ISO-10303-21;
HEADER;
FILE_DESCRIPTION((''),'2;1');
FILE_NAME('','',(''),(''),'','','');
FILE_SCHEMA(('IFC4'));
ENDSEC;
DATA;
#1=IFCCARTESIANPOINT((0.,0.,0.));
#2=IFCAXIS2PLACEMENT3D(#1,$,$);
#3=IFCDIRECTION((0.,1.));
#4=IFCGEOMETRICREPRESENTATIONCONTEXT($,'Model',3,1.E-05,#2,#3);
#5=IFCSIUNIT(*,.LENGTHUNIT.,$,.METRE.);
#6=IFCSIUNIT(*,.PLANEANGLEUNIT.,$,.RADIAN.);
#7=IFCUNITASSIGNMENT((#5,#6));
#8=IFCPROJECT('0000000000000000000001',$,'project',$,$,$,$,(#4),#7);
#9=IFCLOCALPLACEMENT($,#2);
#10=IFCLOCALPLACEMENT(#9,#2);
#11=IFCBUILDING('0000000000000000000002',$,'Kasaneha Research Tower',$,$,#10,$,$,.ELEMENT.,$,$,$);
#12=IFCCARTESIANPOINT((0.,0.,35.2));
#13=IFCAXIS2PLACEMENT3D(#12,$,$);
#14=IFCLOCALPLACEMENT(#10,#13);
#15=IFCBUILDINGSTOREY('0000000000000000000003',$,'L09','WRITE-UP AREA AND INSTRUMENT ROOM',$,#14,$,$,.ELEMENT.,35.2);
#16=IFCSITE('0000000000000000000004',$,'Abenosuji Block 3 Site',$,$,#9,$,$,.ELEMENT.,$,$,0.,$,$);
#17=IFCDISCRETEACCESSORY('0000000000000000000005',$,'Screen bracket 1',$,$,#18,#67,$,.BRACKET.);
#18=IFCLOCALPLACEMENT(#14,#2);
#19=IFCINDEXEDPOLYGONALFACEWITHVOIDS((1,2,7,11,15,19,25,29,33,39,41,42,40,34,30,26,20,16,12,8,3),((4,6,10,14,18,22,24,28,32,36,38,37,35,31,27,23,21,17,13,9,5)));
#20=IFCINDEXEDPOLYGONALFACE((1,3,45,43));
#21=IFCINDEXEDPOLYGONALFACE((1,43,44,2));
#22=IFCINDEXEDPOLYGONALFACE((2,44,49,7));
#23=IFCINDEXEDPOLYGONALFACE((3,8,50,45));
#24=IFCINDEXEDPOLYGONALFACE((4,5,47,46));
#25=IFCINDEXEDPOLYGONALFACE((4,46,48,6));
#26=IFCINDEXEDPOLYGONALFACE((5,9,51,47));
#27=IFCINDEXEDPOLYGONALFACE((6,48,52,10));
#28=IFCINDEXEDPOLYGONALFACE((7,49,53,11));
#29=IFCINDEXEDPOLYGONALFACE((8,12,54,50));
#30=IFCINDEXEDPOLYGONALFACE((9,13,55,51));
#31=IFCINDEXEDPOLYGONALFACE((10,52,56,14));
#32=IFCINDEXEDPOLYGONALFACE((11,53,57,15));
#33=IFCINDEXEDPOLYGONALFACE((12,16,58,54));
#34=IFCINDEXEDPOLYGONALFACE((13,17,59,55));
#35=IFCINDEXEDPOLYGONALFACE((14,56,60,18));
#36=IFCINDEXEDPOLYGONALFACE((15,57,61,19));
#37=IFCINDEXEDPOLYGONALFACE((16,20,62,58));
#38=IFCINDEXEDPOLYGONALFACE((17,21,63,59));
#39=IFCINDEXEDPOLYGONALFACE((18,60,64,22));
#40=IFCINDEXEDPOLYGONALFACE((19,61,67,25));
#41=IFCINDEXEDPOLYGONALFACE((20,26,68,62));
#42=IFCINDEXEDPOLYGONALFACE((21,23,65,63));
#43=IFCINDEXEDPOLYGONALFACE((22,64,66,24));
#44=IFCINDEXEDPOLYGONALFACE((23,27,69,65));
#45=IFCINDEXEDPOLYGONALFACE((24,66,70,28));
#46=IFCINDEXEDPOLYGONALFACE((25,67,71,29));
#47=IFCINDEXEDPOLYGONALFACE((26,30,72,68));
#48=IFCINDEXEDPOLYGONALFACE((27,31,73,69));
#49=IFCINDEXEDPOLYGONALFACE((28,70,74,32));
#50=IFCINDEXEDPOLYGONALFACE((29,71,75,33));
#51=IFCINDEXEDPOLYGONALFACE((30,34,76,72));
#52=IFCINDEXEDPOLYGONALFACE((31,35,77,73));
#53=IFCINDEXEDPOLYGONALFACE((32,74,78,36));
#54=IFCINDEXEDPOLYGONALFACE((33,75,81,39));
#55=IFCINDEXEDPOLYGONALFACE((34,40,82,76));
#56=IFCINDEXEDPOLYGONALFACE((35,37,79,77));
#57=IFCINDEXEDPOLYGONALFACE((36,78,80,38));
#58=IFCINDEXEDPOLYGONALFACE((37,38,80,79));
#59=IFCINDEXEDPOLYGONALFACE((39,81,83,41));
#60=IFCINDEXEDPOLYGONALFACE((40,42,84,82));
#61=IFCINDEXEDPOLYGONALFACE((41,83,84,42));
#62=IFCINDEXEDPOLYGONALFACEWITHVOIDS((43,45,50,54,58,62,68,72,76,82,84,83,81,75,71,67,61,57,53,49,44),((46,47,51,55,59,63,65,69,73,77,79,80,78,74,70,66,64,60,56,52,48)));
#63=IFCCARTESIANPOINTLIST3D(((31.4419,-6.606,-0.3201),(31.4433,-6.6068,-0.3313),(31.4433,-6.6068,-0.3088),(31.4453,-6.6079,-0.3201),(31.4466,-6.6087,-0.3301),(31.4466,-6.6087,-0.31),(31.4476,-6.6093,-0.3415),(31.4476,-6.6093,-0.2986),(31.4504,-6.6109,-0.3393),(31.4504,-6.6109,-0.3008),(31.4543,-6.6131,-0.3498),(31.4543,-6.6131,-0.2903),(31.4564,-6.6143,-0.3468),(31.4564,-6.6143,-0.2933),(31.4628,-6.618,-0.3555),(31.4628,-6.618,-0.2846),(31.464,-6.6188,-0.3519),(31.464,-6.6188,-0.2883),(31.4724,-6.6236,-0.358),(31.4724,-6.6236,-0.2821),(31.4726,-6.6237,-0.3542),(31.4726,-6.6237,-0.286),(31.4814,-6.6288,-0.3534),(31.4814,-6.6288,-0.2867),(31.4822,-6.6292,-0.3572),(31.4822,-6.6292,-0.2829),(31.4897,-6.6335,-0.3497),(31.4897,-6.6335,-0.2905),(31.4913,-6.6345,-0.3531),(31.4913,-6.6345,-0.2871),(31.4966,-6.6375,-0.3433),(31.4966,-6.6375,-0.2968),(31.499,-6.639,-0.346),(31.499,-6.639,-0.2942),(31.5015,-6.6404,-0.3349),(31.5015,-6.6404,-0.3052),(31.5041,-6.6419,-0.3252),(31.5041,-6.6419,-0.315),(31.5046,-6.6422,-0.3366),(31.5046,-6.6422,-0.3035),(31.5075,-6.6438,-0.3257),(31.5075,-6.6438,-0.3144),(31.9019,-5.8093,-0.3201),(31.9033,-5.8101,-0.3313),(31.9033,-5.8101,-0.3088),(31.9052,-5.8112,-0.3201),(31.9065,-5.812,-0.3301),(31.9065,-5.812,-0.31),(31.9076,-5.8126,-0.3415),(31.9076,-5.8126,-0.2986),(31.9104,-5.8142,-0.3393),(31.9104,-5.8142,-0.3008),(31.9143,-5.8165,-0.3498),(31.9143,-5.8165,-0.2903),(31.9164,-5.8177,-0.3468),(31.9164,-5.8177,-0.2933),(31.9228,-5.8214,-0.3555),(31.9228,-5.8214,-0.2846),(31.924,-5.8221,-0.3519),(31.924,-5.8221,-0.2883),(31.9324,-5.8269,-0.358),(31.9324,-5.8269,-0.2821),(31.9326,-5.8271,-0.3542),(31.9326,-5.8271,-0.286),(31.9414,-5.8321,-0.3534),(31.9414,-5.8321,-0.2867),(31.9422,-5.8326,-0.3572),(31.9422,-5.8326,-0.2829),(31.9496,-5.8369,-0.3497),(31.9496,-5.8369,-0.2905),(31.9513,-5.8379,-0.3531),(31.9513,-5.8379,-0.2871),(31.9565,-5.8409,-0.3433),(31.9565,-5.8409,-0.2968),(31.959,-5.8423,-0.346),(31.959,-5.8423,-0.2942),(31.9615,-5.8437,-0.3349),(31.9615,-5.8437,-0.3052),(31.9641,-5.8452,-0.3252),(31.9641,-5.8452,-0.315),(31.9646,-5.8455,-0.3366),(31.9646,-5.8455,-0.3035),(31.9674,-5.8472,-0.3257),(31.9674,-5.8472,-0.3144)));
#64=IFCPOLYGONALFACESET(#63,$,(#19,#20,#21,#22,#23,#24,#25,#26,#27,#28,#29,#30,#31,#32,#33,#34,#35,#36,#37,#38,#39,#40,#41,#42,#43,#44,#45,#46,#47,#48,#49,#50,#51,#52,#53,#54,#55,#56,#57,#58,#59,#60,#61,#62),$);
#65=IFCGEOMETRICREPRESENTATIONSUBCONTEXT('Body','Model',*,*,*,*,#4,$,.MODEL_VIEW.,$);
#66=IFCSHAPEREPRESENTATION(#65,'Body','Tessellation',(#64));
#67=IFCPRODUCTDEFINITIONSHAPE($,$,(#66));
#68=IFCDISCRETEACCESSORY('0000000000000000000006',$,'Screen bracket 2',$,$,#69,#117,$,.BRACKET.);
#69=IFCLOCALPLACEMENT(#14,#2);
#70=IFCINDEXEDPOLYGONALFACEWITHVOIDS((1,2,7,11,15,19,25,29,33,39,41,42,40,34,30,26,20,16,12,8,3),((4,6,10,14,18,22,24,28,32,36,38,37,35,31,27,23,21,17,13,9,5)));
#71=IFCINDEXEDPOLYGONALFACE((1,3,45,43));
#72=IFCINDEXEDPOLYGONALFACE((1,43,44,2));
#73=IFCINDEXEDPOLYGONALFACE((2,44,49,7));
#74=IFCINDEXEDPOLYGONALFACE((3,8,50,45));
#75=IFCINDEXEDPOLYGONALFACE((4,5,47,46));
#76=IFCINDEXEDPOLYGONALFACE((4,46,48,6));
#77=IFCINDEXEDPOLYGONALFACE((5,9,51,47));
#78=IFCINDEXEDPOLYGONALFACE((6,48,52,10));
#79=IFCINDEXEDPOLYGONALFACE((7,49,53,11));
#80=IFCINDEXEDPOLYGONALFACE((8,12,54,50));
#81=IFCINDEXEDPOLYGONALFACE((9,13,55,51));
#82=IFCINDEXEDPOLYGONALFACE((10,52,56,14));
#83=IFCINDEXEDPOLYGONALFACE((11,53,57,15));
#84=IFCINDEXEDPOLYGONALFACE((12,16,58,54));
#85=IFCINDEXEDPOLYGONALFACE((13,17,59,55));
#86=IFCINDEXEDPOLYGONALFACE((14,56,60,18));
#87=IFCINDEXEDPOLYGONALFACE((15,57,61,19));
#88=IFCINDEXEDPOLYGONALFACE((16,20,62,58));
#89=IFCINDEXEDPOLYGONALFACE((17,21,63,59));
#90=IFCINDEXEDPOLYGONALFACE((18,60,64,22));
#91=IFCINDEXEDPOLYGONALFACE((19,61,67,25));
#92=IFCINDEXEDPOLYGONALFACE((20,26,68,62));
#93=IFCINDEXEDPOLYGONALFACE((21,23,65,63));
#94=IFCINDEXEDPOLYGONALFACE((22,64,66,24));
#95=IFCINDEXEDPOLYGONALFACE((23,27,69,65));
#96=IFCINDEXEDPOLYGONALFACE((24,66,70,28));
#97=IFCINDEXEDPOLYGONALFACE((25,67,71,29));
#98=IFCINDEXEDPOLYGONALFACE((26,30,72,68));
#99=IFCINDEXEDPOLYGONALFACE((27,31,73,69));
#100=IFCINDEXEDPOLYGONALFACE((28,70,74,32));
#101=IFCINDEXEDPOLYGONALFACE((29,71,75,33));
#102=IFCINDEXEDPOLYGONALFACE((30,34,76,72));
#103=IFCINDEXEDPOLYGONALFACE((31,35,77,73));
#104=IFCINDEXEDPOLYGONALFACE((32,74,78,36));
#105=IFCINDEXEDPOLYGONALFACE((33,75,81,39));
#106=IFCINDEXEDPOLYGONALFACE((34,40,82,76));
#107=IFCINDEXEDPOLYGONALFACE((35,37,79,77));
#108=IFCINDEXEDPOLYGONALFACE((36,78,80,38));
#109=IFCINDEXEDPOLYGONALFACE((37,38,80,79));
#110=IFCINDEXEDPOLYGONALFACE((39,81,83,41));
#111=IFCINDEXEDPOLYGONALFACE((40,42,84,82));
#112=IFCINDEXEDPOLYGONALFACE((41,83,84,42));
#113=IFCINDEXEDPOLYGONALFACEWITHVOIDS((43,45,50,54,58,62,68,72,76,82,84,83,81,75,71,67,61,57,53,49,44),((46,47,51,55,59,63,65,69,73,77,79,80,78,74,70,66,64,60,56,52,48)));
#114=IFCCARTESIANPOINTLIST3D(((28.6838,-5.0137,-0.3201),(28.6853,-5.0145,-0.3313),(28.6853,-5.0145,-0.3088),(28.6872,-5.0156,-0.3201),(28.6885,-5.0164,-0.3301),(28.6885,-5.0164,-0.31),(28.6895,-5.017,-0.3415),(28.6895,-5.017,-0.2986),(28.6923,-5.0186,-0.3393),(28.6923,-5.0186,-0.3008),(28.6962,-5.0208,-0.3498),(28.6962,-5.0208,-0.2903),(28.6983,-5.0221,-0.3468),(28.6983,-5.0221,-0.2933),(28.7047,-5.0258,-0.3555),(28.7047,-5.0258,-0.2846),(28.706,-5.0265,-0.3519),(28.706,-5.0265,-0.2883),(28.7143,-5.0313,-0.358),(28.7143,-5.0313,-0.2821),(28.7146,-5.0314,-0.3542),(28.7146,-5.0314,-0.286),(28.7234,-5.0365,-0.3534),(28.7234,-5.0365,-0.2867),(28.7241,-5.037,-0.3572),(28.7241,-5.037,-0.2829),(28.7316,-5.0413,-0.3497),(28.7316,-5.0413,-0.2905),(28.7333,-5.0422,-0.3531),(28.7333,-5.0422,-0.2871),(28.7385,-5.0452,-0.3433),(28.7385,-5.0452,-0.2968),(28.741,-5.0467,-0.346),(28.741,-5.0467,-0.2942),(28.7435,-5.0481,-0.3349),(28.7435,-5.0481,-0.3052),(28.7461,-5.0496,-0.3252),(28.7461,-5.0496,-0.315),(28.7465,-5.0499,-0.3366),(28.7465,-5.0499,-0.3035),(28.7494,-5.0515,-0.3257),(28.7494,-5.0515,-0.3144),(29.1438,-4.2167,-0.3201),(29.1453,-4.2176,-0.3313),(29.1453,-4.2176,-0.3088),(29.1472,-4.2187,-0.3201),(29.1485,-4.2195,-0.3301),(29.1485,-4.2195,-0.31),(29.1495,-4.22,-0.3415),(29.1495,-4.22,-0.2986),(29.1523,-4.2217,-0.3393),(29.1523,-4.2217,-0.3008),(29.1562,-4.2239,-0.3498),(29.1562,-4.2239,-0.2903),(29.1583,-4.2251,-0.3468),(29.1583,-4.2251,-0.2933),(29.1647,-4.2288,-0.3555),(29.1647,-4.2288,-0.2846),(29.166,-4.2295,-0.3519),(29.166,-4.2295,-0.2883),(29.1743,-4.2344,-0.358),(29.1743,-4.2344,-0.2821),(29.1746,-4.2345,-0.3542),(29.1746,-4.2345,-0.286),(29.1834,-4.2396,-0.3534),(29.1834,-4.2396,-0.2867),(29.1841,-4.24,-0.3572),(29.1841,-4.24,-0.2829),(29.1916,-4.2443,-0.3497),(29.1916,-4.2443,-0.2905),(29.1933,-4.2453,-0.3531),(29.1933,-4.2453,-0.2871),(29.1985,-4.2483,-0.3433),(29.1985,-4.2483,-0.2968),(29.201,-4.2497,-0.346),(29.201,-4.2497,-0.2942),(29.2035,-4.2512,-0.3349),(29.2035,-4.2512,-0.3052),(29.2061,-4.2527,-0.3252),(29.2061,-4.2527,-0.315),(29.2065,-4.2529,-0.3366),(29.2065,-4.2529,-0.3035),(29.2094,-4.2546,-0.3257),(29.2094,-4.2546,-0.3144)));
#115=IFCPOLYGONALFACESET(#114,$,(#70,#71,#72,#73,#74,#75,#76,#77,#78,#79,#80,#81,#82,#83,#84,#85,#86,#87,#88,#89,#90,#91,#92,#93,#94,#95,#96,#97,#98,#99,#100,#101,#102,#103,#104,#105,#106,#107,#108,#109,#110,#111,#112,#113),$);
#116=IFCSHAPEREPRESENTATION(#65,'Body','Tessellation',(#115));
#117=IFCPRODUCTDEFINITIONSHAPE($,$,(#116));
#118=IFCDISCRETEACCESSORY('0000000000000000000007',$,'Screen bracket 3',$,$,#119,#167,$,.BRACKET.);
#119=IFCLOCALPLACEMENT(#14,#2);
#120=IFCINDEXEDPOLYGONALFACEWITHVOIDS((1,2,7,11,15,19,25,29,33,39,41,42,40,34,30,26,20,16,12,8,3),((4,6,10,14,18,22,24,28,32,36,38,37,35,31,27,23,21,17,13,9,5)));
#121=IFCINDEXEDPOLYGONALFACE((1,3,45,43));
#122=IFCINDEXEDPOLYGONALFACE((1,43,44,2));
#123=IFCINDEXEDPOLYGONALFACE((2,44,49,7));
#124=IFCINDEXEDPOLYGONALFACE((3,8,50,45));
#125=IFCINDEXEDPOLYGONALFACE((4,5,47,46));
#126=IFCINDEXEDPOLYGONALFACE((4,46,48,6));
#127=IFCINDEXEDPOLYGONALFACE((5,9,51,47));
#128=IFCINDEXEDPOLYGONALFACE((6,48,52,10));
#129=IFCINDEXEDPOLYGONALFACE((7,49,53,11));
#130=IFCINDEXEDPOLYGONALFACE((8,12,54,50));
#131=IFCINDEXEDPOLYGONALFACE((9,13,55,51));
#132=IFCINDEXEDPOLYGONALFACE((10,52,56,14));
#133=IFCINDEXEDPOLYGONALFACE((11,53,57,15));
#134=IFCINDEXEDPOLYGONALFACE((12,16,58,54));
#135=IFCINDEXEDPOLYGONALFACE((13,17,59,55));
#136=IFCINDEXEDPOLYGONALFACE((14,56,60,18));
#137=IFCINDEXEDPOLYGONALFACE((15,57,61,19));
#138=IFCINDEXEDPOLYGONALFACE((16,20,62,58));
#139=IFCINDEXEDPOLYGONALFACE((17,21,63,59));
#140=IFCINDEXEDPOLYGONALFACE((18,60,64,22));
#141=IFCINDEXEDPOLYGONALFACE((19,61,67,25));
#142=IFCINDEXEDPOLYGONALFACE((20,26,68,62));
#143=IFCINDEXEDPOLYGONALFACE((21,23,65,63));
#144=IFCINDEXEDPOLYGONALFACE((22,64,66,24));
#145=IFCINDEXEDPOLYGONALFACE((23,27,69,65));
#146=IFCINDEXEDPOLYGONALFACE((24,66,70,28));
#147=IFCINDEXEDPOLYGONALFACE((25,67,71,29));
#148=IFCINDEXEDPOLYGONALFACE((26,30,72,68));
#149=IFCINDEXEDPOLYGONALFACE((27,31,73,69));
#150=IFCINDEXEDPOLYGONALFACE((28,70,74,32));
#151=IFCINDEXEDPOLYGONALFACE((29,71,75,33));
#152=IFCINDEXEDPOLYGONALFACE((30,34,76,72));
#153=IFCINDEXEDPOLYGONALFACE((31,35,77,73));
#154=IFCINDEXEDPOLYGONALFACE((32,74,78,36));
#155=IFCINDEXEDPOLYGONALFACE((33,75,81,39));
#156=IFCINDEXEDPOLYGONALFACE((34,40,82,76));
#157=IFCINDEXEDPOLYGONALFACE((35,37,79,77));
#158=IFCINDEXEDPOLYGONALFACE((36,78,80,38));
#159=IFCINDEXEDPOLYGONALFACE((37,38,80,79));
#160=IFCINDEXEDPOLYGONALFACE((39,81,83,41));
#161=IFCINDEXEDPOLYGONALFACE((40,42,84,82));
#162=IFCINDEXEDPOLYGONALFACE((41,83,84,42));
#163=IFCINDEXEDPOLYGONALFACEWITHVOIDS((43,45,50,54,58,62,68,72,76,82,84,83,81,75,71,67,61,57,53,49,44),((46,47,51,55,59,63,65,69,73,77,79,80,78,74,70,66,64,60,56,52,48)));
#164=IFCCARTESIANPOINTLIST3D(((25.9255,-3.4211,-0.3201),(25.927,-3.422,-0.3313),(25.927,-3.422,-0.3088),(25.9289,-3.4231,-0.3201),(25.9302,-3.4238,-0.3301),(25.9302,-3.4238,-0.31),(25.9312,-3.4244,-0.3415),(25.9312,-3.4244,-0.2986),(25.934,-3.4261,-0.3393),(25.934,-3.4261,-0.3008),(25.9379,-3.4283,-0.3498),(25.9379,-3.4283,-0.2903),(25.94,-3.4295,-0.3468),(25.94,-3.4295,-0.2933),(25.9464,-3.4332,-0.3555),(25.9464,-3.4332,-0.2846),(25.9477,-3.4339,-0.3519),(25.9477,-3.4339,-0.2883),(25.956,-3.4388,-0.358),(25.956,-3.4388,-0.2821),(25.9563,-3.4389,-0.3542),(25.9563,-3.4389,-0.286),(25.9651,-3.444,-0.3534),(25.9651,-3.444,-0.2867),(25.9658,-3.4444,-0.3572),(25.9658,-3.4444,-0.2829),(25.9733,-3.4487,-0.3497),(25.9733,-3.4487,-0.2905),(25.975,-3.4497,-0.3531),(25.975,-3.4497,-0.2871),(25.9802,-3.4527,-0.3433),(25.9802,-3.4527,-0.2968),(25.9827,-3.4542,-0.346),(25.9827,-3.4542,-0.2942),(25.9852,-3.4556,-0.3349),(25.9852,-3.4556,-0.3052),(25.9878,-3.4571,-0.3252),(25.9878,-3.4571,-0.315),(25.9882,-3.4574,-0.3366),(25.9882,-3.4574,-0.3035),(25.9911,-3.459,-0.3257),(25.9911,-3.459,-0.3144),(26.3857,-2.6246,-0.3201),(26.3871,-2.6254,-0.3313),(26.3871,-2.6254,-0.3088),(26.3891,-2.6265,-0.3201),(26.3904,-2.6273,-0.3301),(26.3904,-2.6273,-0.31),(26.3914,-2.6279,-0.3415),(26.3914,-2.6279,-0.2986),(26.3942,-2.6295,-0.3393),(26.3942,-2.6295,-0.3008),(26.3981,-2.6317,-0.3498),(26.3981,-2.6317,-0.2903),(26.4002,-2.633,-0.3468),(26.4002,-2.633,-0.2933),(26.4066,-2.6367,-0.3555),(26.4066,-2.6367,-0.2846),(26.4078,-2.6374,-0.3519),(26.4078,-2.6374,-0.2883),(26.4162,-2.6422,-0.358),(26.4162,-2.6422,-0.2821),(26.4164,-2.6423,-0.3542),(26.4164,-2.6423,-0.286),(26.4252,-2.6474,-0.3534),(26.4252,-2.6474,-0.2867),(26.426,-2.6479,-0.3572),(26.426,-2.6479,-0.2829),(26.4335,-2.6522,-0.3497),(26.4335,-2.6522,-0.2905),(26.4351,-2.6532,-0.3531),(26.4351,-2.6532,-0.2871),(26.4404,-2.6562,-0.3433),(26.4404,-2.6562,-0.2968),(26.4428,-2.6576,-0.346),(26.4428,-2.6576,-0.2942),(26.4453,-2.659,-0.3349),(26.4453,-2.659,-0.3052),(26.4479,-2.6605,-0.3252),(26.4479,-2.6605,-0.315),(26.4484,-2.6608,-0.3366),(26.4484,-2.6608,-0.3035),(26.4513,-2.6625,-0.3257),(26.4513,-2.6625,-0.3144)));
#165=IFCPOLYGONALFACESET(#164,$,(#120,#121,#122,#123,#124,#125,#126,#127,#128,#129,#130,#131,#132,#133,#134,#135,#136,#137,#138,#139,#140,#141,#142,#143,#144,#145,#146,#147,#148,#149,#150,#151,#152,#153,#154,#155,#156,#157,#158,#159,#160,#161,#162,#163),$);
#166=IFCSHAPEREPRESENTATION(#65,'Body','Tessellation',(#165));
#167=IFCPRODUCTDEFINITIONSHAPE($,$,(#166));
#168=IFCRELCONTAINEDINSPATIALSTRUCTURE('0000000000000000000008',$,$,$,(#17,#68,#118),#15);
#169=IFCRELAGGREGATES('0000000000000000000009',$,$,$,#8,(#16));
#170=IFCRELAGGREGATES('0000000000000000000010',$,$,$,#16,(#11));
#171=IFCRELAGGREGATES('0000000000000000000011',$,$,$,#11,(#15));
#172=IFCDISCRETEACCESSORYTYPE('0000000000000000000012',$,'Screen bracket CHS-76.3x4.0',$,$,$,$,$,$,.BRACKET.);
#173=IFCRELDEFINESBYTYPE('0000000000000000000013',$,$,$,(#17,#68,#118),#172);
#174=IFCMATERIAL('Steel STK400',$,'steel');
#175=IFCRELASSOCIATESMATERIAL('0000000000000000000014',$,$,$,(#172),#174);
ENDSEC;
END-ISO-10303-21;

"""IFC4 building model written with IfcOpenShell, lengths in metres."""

from ifc_helpers import new_model, si_unit, direction, frame, origin, origin_2d, place, context, subcontext, project, spatial, hollow_circle, extrude, material, material_profile, profile_set, type_object, element, save


model = new_model("IFC4")

# Units and contexts
model_context = context("Model", 3, precision=1e-05, world=origin(), true_north=direction((0.0, 1.0)))
body_context = subcontext(model_context, "Body", "Model", "MODEL_VIEW")
ifc_project = project(units=[si_unit("LENGTHUNIT", "METRE"), si_unit("PLANEANGLEUNIT", "RADIAN")], contexts=[model_context])

# Site, building, storey
site_placement = place(None, origin())
site = spatial("IfcSite", under=ifc_project, at=site_placement, Name="Abenosuji Block 3 Site", CompositionType="ELEMENT", RefElevation=0.0)
building_placement = place(site_placement, origin())
building = spatial("IfcBuilding", under=site, at=building_placement, Name="Kasaneha Research Tower", CompositionType="ELEMENT")
storey_placement = place(building_placement, frame((0.0, 0.0, 35.2)))
storey = spatial("IfcBuildingStorey", under=building, at=storey_placement, Name="L09", Description="WRITE-UP AREA AND INSTRUMENT ROOM", CompositionType="ELEMENT", Elevation=35.2)

# Discrete accessories
ifc_material_1 = material(Name="Steel STK400", Category="steel")
ifc_material_profile_1 = material_profile(ifc_material_1, hollow_circle(Radius=0.0381, WallThickness=0.0039, at=origin_2d()), Name="CHS-76.3x4.0")
ifc_profile_set_1 = profile_set([ifc_material_profile_1], Name="Steel STK400")
discrete_accessory_type = type_object("IfcDiscreteAccessoryType", Name="Screen bracket CHS-76.3x4.0", PredefinedType="BRACKET", material=ifc_profile_set_1)
discrete_accessory_1_placement = place(storey_placement, frame((31.4749, -6.625, -0.3201), z_axis=(0.500021, 0.866013, 0.0), x_axis=(-0.866013, 0.500021, 0.0)))
element("IfcDiscreteAccessory", 1, at=discrete_accessory_1_placement, inside=storey, type_object=discrete_accessory_type, Name="Screen bracket 1", PredefinedType="BRACKET", context=body_context, shape_type="SweptSolid", body=[
    extrude(hollow_circle(Radius=0.0381, WallThickness=0.0039, at=origin_2d()), origin(), (0.0, 0.0, 1.0), 0.9199),
])
discrete_accessory_2_placement = place(storey_placement, frame((28.7168, -5.0327, -0.3201), z_axis=(0.499906, 0.86608, 0.0), x_axis=(-0.86608, 0.499906, 0.0)))
element("IfcDiscreteAccessory", 2, at=discrete_accessory_2_placement, inside=storey, type_object=discrete_accessory_type, Name="Screen bracket 2", PredefinedType="BRACKET", context=body_context, shape_type="SweptSolid", body=[
    extrude(hollow_circle(Radius=0.0381, WallThickness=0.0039, at=origin_2d()), origin(), (0.0, 0.0, 1.0), 0.9202),
])
discrete_accessory_3_placement = place(storey_placement, frame((25.9585, -3.4402, -0.3201), z_axis=(0.50022, 0.865898, 0.0), x_axis=(-0.865898, 0.50022, 0.0)))
element("IfcDiscreteAccessory", 3, at=discrete_accessory_3_placement, inside=storey, type_object=discrete_accessory_type, Name="Screen bracket 3", PredefinedType="BRACKET", context=body_context, shape_type="SweptSolid", body=[
    extrude(hollow_circle(Radius=0.0381, WallThickness=0.0039, at=origin_2d()), origin(), (0.0, 0.0, 1.0), 0.9199),
])

save(model, "model.ifc")
